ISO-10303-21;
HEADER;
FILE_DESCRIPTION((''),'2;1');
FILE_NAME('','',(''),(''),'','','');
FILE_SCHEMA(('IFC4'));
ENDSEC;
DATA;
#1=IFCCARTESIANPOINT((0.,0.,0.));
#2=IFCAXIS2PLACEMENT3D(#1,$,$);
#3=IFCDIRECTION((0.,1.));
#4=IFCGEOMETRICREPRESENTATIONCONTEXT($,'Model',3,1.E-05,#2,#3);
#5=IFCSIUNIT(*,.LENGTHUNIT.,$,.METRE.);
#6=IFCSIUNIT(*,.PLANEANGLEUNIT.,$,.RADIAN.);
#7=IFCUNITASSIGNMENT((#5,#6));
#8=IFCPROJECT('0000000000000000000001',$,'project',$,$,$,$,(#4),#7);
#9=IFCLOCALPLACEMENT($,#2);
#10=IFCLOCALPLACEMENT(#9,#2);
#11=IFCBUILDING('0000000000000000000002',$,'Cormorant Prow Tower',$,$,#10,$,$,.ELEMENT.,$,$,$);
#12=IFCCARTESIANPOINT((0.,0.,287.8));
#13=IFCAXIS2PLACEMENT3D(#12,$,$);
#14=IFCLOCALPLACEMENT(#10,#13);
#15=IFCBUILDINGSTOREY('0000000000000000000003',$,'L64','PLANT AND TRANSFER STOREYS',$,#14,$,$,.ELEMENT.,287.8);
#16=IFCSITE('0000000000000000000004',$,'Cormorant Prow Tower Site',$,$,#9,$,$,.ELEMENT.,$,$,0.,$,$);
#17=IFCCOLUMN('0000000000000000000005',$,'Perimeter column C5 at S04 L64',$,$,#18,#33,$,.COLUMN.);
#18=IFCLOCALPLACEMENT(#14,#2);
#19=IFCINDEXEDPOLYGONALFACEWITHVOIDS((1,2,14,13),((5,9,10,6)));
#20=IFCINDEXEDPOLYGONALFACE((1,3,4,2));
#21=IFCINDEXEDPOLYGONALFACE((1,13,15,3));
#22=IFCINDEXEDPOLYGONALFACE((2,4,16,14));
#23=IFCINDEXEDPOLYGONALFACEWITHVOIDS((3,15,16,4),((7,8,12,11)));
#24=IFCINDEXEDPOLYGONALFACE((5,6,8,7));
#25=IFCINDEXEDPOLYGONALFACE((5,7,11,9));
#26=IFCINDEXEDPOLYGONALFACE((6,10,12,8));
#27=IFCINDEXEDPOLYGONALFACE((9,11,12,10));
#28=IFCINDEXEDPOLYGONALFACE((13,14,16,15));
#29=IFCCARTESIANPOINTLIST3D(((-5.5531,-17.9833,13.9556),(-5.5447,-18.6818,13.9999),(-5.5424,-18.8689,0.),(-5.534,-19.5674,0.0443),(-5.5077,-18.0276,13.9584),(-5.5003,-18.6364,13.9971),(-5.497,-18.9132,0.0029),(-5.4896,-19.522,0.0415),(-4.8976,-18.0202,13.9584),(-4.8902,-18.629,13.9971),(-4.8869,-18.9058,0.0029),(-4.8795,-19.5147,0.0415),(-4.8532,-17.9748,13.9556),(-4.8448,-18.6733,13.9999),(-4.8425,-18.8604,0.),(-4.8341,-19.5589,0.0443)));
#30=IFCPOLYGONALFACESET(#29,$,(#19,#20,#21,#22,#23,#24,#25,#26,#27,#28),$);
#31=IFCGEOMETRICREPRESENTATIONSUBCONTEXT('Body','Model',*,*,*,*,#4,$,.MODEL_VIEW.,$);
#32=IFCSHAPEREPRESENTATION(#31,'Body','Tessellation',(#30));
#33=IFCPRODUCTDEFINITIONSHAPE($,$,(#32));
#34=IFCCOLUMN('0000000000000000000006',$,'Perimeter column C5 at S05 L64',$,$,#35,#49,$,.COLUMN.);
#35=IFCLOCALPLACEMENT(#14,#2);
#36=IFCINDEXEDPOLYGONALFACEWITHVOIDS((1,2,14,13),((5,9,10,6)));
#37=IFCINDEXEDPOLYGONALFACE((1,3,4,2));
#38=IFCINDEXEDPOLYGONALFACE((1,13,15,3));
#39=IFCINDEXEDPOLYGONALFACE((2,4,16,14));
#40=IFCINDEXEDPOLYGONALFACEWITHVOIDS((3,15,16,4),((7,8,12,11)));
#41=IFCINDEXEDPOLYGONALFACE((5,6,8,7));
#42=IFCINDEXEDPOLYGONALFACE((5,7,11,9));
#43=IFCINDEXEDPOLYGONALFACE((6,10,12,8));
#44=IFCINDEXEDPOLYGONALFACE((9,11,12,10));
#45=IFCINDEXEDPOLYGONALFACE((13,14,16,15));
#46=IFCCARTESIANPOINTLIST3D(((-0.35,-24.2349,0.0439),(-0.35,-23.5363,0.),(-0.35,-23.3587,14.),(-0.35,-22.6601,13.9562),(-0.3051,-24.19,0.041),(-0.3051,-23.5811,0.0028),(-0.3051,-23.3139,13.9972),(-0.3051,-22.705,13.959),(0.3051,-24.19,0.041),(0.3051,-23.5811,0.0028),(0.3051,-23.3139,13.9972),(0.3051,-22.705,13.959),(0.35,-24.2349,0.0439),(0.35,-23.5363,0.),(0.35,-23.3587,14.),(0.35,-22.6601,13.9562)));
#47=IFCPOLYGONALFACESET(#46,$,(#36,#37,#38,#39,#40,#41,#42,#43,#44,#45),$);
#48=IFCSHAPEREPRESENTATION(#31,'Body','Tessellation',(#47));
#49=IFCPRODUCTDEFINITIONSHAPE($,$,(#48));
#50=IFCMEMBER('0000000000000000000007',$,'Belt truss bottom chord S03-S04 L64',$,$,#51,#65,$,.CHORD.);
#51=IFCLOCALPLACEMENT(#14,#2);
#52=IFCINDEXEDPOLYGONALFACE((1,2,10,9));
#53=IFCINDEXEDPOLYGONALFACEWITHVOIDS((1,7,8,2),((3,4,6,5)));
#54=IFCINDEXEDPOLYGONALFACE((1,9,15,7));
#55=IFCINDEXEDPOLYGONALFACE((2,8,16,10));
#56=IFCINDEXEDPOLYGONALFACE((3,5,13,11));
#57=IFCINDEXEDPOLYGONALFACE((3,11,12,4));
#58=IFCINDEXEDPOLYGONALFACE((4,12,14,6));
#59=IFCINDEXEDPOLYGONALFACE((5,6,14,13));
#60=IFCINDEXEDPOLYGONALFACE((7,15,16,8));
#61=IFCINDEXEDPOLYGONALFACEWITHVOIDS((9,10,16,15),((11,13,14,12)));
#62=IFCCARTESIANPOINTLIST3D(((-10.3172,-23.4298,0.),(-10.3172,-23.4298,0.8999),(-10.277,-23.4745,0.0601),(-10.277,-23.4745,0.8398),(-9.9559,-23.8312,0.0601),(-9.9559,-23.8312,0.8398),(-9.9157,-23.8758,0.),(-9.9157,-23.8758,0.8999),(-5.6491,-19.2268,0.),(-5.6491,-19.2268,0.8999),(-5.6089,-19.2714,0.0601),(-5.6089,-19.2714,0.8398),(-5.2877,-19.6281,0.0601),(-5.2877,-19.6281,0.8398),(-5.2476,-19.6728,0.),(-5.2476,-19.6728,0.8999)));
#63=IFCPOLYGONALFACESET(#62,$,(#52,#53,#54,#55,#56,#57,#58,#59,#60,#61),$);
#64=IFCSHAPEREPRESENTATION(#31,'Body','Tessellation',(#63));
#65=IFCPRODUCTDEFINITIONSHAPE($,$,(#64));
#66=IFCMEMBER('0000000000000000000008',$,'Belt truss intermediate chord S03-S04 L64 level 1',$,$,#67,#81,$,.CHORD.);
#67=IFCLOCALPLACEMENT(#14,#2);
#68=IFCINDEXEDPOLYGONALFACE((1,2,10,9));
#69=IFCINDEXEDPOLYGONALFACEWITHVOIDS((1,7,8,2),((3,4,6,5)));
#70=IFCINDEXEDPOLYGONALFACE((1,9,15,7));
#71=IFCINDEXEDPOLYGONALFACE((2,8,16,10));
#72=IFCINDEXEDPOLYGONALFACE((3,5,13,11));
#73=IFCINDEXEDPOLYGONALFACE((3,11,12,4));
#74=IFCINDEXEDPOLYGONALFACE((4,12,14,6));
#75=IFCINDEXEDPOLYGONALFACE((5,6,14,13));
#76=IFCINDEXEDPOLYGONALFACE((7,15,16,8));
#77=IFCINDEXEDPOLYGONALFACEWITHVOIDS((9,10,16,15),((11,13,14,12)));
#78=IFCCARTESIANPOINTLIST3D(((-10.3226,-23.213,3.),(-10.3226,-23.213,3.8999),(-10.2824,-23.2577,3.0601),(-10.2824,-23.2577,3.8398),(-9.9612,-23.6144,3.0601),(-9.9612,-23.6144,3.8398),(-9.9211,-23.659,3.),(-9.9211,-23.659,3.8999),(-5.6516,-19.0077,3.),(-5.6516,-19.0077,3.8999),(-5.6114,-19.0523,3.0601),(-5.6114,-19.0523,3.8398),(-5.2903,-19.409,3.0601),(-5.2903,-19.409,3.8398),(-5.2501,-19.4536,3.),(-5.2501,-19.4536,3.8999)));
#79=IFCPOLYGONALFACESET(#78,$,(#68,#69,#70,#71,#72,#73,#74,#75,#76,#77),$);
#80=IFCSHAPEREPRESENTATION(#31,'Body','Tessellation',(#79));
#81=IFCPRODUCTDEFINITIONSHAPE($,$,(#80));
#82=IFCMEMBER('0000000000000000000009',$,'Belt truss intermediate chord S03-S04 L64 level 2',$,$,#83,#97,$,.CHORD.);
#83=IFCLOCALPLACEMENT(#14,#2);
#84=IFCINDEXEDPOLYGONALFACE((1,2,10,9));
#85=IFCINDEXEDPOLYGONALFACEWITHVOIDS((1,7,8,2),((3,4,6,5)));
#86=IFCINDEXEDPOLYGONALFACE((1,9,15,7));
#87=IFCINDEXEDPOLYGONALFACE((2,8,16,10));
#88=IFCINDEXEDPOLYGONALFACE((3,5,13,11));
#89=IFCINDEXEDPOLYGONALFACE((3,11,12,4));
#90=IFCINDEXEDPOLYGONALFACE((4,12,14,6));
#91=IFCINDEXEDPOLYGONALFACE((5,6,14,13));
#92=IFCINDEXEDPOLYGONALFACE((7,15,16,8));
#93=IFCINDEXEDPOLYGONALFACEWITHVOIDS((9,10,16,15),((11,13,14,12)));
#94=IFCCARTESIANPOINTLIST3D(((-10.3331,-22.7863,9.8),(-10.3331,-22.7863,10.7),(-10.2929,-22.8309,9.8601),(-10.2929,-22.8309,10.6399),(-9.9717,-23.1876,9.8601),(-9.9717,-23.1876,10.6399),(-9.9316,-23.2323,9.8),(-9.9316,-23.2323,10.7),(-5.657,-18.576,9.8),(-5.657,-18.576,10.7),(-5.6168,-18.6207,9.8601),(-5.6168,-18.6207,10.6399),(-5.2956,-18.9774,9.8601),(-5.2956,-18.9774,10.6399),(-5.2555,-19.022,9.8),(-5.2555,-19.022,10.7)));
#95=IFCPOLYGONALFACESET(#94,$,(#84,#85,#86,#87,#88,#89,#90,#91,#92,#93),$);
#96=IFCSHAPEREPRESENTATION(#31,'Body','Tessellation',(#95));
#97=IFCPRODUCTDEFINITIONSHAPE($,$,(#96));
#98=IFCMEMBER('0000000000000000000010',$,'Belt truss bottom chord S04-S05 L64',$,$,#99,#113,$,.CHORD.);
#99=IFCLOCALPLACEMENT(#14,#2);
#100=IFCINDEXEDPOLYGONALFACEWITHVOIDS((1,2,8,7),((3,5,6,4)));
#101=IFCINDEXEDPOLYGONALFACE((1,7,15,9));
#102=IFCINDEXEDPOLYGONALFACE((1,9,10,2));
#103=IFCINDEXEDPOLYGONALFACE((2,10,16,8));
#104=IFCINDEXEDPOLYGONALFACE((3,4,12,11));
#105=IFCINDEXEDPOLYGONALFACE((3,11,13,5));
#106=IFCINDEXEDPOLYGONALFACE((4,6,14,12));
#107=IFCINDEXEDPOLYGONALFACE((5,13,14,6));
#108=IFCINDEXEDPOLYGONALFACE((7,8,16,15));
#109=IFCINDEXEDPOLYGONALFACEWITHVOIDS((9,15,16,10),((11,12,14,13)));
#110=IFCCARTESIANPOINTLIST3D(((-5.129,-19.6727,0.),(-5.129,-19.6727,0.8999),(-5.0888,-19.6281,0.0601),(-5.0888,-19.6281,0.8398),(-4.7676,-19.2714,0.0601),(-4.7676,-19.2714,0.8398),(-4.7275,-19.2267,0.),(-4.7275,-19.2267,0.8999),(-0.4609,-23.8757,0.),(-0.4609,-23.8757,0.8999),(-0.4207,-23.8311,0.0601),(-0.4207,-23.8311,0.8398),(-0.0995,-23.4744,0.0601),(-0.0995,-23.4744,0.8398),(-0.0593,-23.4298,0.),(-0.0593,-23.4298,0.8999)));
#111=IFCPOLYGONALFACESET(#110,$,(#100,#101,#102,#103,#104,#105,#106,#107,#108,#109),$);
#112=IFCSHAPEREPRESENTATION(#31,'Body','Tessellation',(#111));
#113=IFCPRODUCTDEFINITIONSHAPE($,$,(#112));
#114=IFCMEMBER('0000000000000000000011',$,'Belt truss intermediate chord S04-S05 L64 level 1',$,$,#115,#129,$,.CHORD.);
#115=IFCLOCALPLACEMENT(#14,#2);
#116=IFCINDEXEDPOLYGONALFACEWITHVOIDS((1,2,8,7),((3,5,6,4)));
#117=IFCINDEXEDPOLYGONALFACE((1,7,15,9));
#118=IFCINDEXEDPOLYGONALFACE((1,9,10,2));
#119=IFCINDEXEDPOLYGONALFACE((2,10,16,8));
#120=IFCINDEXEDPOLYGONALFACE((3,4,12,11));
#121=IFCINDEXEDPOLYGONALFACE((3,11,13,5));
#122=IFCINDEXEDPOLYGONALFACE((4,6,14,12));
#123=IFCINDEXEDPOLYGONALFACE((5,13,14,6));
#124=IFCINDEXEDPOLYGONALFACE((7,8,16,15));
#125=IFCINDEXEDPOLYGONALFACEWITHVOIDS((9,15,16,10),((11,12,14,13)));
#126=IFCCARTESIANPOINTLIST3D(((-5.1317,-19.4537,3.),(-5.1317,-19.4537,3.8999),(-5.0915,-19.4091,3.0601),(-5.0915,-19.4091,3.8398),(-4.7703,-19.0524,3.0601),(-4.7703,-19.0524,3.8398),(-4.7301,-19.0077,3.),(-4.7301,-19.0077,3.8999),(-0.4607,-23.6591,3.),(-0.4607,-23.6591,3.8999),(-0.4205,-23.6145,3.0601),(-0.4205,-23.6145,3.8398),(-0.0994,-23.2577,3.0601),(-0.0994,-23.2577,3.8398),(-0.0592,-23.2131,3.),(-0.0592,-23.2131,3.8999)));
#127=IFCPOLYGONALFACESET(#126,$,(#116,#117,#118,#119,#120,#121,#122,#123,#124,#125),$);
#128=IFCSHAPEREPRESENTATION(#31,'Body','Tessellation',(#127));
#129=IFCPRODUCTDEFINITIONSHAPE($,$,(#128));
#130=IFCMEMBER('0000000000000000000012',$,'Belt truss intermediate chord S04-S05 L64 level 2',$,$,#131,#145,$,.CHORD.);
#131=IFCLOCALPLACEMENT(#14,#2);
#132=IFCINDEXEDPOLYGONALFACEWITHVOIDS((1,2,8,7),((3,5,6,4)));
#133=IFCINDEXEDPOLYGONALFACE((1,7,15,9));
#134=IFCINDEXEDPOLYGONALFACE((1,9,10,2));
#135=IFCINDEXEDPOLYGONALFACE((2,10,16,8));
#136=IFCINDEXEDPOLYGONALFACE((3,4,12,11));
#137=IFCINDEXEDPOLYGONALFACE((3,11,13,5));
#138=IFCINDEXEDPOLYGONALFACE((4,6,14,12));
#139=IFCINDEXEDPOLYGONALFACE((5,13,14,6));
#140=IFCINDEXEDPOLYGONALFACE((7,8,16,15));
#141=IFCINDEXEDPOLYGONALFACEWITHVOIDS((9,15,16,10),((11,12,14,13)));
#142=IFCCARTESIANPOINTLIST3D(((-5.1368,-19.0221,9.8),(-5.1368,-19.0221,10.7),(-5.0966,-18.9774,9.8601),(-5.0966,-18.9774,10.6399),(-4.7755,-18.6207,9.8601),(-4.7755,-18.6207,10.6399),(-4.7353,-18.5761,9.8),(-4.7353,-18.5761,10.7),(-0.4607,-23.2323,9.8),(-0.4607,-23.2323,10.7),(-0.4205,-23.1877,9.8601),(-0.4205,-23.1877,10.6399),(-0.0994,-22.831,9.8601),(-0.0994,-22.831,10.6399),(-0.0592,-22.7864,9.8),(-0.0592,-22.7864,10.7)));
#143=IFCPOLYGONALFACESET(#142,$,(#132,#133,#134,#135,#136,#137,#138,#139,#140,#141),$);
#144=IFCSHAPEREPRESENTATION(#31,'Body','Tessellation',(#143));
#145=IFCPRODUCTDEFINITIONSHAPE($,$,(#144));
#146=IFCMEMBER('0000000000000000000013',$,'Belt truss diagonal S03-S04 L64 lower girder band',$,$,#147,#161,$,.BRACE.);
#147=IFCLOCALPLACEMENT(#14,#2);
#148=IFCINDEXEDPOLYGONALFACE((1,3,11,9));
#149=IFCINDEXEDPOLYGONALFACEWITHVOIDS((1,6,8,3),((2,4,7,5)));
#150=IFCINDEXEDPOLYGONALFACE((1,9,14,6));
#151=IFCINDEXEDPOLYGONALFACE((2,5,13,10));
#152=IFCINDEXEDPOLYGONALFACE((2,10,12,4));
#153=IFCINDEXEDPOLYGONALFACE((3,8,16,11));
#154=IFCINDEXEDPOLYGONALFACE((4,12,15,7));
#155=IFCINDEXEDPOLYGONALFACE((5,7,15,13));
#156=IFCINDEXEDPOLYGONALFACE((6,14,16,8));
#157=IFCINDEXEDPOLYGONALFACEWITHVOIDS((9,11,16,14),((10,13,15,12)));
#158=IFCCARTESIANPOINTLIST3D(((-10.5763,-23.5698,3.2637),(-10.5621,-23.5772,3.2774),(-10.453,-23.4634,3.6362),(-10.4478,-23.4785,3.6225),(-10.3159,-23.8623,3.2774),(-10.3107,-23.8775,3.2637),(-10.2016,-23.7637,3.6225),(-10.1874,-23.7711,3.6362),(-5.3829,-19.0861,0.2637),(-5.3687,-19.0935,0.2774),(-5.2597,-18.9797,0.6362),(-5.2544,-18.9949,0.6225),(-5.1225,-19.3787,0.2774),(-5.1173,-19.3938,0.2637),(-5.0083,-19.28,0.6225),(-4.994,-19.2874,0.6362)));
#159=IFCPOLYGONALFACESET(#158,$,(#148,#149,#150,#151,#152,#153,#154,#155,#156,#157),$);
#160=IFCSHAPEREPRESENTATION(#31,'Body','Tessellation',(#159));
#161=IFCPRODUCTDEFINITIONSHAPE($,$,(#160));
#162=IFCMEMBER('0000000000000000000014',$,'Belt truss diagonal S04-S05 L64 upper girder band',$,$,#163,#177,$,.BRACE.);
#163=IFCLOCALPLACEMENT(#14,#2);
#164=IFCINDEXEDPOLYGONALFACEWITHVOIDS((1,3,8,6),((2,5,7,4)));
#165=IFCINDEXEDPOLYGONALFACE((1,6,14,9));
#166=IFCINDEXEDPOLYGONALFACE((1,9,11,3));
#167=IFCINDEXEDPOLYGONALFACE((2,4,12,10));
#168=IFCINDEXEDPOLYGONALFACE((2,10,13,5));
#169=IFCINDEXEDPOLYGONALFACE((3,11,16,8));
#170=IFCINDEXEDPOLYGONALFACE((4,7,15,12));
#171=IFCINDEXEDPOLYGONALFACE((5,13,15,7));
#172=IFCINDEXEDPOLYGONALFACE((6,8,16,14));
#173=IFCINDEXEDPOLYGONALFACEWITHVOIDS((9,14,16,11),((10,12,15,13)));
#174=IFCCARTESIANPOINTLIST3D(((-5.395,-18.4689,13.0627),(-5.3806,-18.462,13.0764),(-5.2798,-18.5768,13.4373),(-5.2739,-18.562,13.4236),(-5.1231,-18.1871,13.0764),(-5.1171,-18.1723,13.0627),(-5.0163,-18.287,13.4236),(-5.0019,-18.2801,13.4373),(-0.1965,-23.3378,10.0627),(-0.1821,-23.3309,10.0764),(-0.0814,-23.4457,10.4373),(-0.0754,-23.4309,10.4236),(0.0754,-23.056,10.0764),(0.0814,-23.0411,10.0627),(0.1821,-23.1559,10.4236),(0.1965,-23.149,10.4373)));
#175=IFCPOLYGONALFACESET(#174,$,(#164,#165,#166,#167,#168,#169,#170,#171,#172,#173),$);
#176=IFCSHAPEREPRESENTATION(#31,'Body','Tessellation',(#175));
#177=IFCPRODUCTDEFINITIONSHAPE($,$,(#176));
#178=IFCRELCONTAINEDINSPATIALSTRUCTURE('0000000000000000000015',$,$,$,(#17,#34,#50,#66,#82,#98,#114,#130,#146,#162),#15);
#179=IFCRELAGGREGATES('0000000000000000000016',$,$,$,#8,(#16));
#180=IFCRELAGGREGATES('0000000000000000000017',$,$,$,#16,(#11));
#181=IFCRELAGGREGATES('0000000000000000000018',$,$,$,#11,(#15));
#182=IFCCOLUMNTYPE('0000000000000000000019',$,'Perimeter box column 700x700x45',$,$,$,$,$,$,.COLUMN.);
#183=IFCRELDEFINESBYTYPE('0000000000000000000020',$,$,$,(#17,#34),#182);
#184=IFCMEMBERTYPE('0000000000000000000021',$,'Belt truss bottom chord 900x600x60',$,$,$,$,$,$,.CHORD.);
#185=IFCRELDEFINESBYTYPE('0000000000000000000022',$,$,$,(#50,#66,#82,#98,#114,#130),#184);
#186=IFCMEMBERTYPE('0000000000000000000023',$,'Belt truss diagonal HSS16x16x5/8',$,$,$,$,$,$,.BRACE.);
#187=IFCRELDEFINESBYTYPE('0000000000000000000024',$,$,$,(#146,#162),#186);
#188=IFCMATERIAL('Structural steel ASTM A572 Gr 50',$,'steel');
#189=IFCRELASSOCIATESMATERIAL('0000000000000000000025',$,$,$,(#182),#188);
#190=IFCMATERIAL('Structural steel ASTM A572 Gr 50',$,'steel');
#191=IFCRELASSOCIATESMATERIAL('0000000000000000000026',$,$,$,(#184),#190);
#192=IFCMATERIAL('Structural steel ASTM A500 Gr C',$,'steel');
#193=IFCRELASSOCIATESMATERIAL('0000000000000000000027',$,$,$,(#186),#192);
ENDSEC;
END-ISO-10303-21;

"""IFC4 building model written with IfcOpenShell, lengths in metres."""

from ifc_helpers import new_model, si_unit, direction, frame, origin, origin_2d, place, context, subcontext, project, spatial, hollow_rectangle, extrude, material, material_profile, profile_set, type_object, element, save


model = new_model("IFC4")

# Units and contexts
model_context = context("Model", 3, precision=1e-05, world=origin(), true_north=direction((0.0, 1.0)))
body_context = subcontext(model_context, "Body", "Model", "MODEL_VIEW")
ifc_project = project(units=[si_unit("LENGTHUNIT", "METRE"), si_unit("PLANEANGLEUNIT", "RADIAN")], contexts=[model_context])

# Site, building, storey
site_placement = place(None, origin())
site = spatial("IfcSite", under=ifc_project, at=site_placement, Name="Cormorant Prow Tower Site", CompositionType="ELEMENT", RefElevation=0.0)
building_placement = place(site_placement, origin())
building = spatial("IfcBuilding", under=site, at=building_placement, Name="Cormorant Prow Tower", CompositionType="ELEMENT")
storey_placement = place(building_placement, frame((0.0, 0.0, 287.8)))
storey = spatial("IfcBuildingStorey", under=building, at=storey_placement, Name="L64", Description="PLANT AND TRANSFER STOREYS", CompositionType="ELEMENT", Elevation=287.8)

# Columns
ifc_material_1 = material(Name="Structural steel ASTM A572 Gr 50", Category="steel")
ifc_material_profile_1 = material_profile(ifc_material_1, hollow_rectangle(XDim=0.7, YDim=0.7, WallThickness=0.0449, at=origin_2d()), Name="Box 700x700x45")
ifc_profile_set_1 = profile_set([ifc_material_profile_1], Name="Structural steel ASTM A572 Gr 50")
column_type = type_object("IfcColumnType", Name="Perimeter box column 700x700x45", PredefinedType="COLUMN", material=ifc_profile_set_1)
column_1_placement = place(storey_placement, frame((-5.1882, -19.2153, 0.0), z_axis=(-0.000766, 0.063332, 0.997992), x_axis=(-0.999927, -0.01209, 0.0)))
element("IfcColumn", 1, at=column_1_placement, inside=storey, type_object=column_type, Name="Perimeter column C5 at S04 L64", PredefinedType="COLUMN", context=body_context, shape_type="SweptSolid", body=[
    extrude(hollow_rectangle(XDim=0.7, YDim=0.7, WallThickness=0.0449, at=origin_2d()), frame((0.0, 0.0, 0.0222)), (0.0, 0.0, 1.0), 13.9836),
])
column_2_placement = place(storey_placement, frame((0.0, -23.887, 0.0), z_axis=(0.0, 0.062656, 0.998035), x_axis=(-1.0, 0.0, 0.0)))
element("IfcColumn", 2, at=column_2_placement, inside=storey, type_object=column_type, Name="Perimeter column C5 at S05 L64", PredefinedType="COLUMN", context=body_context, shape_type="SweptSolid", body=[
    extrude(hollow_rectangle(XDim=0.7, YDim=0.7, WallThickness=0.0449, at=origin_2d()), frame((0.0, 0.0, 0.022)), (0.0, 0.0, 1.0), 13.9836),
])

# Members
ifc_material_2 = material(Name="Structural steel ASTM A572 Gr 50", Category="steel")
ifc_material_profile_2 = material_profile(ifc_material_2, hollow_rectangle(XDim=0.6001, YDim=0.8999, WallThickness=0.0601, at=origin_2d()), Name="Box 900x600x60")
ifc_profile_set_2 = profile_set([ifc_material_profile_2], Name="Structural steel ASTM A572 Gr 50")
member_type_1 = type_object("IfcMemberType", Name="Belt truss bottom chord 900x600x60", PredefinedType="CHORD", material=ifc_profile_set_2)
member_1_placement = place(storey_placement, frame((-10.1165, -23.6528, 0.45), z_axis=(0.743157, 0.669117, 0.0), x_axis=(-0.669117, 0.743157, 0.0)))
element("IfcMember", 3, at=member_1_placement, inside=storey, type_object=member_type_1, Name="Belt truss bottom chord S03-S04 L64", PredefinedType="CHORD", context=body_context, shape_type="SweptSolid", body=[
    extrude(hollow_rectangle(XDim=0.6001, YDim=0.8999, WallThickness=0.0601, at=origin_2d()), origin(), (0.0, 0.0, 1.0), 6.2815),
])
member_2_placement = place(storey_placement, frame((-10.1218, -23.436, 3.45), z_axis=(0.743174, 0.669098, 0.0), x_axis=(-0.669098, 0.743174, 0.0)))
element("IfcMember", 4, at=member_2_placement, inside=storey, type_object=member_type_1, Name="Belt truss intermediate chord S03-S04 L64 level 1", PredefinedType="CHORD", context=body_context, shape_type="SweptSolid", body=[
    extrude(hollow_rectangle(XDim=0.6001, YDim=0.8999, WallThickness=0.0601, at=origin_2d()), origin(), (0.0, 0.0, 1.0), 6.2852),
])
member_3_placement = place(storey_placement, frame((-10.1323, -23.0093, 10.25), z_axis=(0.743153, 0.669121, 0.0), x_axis=(-0.669121, 0.743153, 0.0)))
element("IfcMember", 5, at=member_3_placement, inside=storey, type_object=member_type_1, Name="Belt truss intermediate chord S03-S04 L64 level 2", PredefinedType="CHORD", context=body_context, shape_type="SweptSolid", body=[
    extrude(hollow_rectangle(XDim=0.6001, YDim=0.8999, WallThickness=0.0601, at=origin_2d()), origin(), (0.0, 0.0, 1.0), 6.2922),
])
member_4_placement = place(storey_placement, frame((-4.9282, -19.4497, 0.45), z_axis=(0.743157, -0.669117, 0.0), x_axis=(0.669117, 0.743157, 0.0)))
element("IfcMember", 6, at=member_4_placement, inside=storey, type_object=member_type_1, Name="Belt truss bottom chord S04-S05 L64", PredefinedType="CHORD", context=body_context, shape_type="SweptSolid", body=[
    extrude(hollow_rectangle(XDim=0.6001, YDim=0.8999, WallThickness=0.0601, at=origin_2d()), origin(), (0.0, 0.0, 1.0), 6.2815),
])
member_5_placement = place(storey_placement, frame((-4.9309, -19.2307, 3.45), z_axis=(0.743174, -0.669098, 0.0), x_axis=(0.669098, 0.743174, 0.0)))
element("IfcMember", 7, at=member_5_placement, inside=storey, type_object=member_type_1, Name="Belt truss intermediate chord S04-S05 L64 level 1", PredefinedType="CHORD", context=body_context, shape_type="SweptSolid", body=[
    extrude(hollow_rectangle(XDim=0.6001, YDim=0.8999, WallThickness=0.0601, at=origin_2d()), origin(), (0.0, 0.0, 1.0), 6.2852),
])
member_6_placement = place(storey_placement, frame((-4.936, -18.7991, 10.25), z_axis=(0.743153, -0.669121, 0.0), x_axis=(0.669121, 0.743153, 0.0)))
element("IfcMember", 8, at=member_6_placement, inside=storey, type_object=member_type_1, Name="Belt truss intermediate chord S04-S05 L64 level 2", PredefinedType="CHORD", context=body_context, shape_type="SweptSolid", body=[
    extrude(hollow_rectangle(XDim=0.6001, YDim=0.8999, WallThickness=0.0601, at=origin_2d()), origin(), (0.0, 0.0, 1.0), 6.2922),
])
ifc_material_3 = material(Name="Structural steel ASTM A500 Gr C", Category="steel")
ifc_material_profile_3 = material_profile(ifc_material_3, hollow_rectangle(XDim=0.4065, YDim=0.4065, WallThickness=0.0149, at=origin_2d()), Name="HSS16x16x5/8")
ifc_profile_set_3 = profile_set([ifc_material_profile_3], Name="Structural steel ASTM A500 Gr C")
member_type_2 = type_object("IfcMemberType", Name="Belt truss diagonal HSS16x16x5/8", PredefinedType="BRACE", material=ifc_profile_set_3)
member_7_placement = place(storey_placement, frame((-5.1885, -19.1868, 0.45), z_axis=(-0.693534, -0.598756, 0.400627), x_axis=(0.653492, -0.756933, 0.0)))
element("IfcMember", 9, at=member_7_placement, inside=storey, type_object=member_type_2, Name="Belt truss diagonal S03-S04 L64 lower girder band", PredefinedType="BRACE", context=body_context, shape_type="SweptSolid", body=[
    extrude(hollow_rectangle(XDim=0.4065, YDim=0.4065, WallThickness=0.0149, at=origin_2d()), origin(), (0.0, 0.0, 1.0), 7.4883),
])
member_8_placement = place(storey_placement, frame((0.0, -23.2434, 10.25), z_axis=(-0.672635, 0.629989, 0.388171), x_axis=(-0.683591, -0.729865, 0.0)))
element("IfcMember", 10, at=member_8_placement, inside=storey, type_object=member_type_2, Name="Belt truss diagonal S04-S05 L64 upper girder band", PredefinedType="BRACE", context=body_context, shape_type="SweptSolid", body=[
    extrude(hollow_rectangle(XDim=0.4065, YDim=0.4065, WallThickness=0.0149, at=origin_2d()), origin(), (0.0, 0.0, 1.0), 7.7285),
])

save(model, "model.ifc")
